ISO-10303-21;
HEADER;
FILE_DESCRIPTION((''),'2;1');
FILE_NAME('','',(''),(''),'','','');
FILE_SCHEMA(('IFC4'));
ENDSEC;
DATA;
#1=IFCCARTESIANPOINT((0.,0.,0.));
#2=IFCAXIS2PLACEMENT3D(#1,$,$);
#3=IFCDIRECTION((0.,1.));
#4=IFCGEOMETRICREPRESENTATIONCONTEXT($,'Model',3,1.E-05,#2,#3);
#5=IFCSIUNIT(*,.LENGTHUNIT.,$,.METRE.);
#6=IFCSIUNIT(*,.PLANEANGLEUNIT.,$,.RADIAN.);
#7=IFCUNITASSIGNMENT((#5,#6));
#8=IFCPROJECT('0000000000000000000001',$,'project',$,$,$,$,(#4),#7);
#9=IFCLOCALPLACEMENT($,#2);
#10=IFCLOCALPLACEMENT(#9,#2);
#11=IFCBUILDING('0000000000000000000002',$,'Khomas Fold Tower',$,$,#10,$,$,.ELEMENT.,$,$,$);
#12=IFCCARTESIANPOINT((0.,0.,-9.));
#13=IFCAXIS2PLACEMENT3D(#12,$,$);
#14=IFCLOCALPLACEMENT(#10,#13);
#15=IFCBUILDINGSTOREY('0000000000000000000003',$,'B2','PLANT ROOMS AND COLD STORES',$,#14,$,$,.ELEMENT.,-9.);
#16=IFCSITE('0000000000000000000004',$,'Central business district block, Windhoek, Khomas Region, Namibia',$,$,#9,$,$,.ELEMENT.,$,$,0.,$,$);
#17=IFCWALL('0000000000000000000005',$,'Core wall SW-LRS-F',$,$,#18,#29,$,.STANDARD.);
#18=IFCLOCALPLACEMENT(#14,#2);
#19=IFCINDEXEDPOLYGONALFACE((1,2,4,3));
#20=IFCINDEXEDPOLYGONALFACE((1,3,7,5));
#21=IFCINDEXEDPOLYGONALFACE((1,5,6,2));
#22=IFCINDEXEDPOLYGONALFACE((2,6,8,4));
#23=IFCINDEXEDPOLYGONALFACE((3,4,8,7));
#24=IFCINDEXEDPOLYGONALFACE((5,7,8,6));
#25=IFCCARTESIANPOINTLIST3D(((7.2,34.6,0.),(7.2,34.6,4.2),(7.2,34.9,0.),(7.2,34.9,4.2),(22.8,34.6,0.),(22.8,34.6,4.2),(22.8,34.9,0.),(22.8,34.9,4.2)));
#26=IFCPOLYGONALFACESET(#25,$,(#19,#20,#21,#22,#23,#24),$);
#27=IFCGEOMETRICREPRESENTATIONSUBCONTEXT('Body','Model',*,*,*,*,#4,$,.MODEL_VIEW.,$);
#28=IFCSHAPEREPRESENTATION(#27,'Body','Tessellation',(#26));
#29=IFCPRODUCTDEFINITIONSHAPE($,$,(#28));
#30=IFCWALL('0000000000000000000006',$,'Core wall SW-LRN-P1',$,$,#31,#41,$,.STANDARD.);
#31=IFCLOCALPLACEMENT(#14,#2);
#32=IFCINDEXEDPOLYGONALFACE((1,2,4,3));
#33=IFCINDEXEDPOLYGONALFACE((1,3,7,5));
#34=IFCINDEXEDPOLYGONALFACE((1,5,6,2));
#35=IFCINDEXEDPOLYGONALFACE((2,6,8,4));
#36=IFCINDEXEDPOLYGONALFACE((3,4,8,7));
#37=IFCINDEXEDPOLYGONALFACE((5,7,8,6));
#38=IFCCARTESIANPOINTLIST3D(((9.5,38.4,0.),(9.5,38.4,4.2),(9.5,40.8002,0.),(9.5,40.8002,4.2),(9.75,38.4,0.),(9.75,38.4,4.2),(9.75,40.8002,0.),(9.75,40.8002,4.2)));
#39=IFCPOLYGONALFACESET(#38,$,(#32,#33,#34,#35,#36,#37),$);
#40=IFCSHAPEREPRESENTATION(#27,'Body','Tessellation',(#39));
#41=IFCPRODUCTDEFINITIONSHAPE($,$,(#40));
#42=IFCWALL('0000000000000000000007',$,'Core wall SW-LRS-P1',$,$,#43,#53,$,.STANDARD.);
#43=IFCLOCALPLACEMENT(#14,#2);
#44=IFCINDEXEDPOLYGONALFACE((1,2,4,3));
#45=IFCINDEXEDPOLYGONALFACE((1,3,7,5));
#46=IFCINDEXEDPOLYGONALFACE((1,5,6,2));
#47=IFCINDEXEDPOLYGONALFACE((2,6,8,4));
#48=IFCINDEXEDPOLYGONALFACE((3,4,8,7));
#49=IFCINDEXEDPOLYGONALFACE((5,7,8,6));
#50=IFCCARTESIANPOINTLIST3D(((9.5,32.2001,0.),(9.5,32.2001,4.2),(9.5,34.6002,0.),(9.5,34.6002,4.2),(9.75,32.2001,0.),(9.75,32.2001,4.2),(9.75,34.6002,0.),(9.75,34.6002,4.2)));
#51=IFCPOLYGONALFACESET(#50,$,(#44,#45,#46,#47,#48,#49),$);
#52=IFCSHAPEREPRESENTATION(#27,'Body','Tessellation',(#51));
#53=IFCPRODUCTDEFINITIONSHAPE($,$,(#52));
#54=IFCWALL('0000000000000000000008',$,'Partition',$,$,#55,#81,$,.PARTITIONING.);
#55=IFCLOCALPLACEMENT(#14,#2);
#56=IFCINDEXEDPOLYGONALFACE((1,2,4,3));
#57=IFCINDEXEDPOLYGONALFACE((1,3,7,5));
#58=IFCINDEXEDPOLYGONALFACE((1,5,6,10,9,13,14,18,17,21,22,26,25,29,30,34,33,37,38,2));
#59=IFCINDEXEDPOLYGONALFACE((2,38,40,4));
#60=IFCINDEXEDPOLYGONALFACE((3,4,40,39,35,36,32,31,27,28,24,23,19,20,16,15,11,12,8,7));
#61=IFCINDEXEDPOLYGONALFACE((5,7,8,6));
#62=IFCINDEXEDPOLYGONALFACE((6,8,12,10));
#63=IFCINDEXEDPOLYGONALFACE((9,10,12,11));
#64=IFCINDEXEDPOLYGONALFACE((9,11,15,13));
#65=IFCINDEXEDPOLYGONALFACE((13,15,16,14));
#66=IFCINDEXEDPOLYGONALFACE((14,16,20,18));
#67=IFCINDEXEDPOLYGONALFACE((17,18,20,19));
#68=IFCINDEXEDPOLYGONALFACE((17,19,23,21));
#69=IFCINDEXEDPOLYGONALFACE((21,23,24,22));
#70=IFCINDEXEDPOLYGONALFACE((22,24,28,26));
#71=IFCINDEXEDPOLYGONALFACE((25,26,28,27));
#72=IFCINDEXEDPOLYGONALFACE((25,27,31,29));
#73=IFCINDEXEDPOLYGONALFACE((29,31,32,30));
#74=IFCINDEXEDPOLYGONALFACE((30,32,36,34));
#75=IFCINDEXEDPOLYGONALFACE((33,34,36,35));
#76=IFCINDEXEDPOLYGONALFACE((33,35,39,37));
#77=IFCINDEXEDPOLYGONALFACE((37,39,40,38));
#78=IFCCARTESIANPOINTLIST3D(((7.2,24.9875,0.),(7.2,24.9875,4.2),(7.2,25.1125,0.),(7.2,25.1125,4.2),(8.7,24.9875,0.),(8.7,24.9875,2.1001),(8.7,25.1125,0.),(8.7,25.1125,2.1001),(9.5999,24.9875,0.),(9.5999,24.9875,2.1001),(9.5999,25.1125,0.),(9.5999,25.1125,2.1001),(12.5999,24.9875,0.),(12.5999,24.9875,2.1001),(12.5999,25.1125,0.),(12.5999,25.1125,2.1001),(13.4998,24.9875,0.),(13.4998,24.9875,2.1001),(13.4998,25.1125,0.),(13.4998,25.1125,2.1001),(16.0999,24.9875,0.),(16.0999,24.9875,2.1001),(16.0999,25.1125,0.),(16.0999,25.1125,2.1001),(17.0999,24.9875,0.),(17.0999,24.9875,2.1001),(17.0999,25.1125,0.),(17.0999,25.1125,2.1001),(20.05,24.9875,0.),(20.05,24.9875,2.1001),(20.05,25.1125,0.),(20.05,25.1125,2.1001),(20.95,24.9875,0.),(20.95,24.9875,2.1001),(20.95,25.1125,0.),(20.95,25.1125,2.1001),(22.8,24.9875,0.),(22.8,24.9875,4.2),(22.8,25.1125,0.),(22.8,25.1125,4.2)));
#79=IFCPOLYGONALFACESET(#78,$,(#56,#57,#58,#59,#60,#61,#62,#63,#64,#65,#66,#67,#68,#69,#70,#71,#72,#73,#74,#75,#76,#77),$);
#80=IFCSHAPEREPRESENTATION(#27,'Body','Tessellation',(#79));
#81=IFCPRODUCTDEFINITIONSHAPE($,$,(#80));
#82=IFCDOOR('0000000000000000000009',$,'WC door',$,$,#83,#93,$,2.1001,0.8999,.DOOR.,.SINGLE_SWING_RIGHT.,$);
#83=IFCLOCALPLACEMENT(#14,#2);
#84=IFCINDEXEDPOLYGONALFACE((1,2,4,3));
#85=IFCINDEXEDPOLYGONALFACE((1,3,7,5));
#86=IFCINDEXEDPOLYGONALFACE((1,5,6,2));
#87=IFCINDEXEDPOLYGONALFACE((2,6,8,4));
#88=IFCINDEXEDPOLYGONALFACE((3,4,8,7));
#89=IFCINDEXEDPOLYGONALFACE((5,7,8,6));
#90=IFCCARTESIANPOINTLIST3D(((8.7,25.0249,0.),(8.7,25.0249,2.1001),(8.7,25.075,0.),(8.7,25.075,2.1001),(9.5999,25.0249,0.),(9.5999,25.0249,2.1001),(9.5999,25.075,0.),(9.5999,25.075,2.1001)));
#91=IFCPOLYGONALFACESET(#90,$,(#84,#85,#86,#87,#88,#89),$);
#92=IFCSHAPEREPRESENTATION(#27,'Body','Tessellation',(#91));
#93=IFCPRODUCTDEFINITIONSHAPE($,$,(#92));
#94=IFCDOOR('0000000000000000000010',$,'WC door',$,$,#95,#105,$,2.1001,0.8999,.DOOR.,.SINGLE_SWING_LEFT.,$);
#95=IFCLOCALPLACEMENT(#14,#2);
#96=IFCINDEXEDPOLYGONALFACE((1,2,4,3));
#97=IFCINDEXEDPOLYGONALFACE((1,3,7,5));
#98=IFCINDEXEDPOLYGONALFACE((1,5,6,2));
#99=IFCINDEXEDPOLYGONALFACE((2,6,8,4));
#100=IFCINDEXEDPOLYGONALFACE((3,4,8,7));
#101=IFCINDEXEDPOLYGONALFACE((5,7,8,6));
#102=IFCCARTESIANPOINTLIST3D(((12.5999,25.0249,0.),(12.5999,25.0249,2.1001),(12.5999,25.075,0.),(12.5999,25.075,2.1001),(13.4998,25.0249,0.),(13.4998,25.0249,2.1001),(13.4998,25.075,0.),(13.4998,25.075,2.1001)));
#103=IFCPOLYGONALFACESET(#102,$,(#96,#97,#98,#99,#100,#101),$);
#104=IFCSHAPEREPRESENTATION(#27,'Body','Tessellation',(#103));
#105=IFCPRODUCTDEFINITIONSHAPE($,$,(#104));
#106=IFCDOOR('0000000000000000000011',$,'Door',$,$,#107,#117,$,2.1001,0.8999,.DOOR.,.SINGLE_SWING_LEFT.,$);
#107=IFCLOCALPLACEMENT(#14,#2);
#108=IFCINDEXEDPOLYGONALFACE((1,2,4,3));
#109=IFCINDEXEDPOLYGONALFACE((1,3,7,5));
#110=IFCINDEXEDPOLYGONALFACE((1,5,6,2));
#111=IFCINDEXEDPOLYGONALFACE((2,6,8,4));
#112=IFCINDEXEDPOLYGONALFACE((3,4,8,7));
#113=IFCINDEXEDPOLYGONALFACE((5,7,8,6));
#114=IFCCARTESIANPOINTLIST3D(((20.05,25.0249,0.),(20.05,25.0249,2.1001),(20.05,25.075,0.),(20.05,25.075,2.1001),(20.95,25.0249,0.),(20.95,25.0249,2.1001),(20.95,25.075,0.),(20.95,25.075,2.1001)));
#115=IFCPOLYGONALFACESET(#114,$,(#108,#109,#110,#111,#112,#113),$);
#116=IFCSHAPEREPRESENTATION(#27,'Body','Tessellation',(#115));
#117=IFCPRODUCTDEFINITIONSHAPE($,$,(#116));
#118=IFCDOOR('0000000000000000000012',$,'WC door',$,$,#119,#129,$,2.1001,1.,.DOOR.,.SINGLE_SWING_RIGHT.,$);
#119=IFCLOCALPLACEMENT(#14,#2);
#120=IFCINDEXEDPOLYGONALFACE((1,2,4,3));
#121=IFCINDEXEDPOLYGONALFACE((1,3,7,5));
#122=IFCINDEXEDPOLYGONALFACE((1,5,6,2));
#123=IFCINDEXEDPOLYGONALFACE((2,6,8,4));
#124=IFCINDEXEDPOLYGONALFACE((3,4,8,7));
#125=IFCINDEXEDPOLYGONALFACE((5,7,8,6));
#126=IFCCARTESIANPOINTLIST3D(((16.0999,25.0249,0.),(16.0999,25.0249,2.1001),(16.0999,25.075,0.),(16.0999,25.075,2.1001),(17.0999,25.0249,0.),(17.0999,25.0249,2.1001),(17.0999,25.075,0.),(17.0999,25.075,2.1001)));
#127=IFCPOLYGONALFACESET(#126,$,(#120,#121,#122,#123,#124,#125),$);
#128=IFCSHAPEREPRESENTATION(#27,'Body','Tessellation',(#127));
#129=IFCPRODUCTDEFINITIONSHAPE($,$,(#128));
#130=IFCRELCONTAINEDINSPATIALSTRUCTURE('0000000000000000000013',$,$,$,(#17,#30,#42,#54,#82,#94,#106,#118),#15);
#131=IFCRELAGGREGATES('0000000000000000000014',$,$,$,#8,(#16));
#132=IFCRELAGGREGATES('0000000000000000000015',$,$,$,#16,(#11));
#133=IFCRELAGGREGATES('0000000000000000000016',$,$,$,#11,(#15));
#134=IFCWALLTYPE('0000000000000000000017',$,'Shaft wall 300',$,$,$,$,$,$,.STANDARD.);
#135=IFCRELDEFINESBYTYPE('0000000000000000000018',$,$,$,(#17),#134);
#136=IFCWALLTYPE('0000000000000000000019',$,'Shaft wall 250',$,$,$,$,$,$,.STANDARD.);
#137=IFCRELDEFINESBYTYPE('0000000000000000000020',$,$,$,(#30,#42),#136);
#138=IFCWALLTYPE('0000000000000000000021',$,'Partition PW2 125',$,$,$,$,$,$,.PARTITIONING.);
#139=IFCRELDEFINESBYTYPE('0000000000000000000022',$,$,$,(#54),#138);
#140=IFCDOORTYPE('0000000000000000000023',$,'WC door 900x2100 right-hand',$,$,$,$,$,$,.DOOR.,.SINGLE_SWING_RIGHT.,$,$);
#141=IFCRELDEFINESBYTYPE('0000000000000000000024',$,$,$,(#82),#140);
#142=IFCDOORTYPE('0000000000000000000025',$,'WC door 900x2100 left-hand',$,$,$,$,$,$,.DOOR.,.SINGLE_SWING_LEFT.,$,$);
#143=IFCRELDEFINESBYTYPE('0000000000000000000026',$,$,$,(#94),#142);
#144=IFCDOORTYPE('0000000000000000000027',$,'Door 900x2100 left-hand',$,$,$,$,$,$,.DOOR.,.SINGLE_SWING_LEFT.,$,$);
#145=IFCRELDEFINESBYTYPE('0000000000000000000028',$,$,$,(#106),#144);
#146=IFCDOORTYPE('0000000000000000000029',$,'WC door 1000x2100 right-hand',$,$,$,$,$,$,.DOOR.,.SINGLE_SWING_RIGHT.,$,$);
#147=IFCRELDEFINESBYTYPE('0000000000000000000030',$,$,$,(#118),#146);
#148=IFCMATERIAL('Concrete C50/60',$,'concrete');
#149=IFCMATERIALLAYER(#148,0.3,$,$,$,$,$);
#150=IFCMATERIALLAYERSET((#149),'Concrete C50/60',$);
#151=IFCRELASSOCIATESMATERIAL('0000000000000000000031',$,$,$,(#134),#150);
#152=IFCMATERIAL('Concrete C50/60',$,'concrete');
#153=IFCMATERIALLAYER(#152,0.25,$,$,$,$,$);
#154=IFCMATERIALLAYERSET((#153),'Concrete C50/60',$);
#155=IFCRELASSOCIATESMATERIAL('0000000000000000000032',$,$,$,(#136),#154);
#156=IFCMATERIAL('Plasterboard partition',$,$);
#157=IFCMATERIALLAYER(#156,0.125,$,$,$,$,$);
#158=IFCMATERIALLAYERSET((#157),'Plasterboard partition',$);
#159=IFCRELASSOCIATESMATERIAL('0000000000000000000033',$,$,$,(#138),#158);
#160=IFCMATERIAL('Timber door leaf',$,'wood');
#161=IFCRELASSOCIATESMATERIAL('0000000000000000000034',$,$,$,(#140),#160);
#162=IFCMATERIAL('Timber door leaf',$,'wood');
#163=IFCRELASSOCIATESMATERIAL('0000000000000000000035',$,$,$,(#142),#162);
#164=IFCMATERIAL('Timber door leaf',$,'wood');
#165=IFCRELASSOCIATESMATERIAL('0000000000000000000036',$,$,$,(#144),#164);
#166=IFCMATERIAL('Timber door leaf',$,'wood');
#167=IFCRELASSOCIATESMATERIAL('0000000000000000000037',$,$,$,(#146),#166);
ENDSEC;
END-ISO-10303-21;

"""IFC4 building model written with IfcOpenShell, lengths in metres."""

from ifc_helpers import new_model, si_unit, direction, frame, frame_2d, origin, place, context, subcontext, project, spatial, rectangle, extrude, source, transform, mapped, material, layer, layer_set, type_object, element, fill, save


model = new_model("IFC4")

# Units and contexts
model_context = context("Model", 3, precision=1e-05, world=origin(), true_north=direction((0.0, 1.0)))
body_context = subcontext(model_context, "Body", "Model", "MODEL_VIEW")
ifc_project = project(units=[si_unit("LENGTHUNIT", "METRE"), si_unit("PLANEANGLEUNIT", "RADIAN")], contexts=[model_context])

# Site, building, storey
site_placement = place(None, origin())
site = spatial("IfcSite", under=ifc_project, at=site_placement, Name="Central business district block, Windhoek, Khomas Region, Namibia", CompositionType="ELEMENT", RefElevation=0.0)
building_placement = place(site_placement, origin())
building = spatial("IfcBuilding", under=site, at=building_placement, Name="Khomas Fold Tower", CompositionType="ELEMENT")
storey_placement = place(building_placement, frame((0.0, 0.0, -9.0)))
storey = spatial("IfcBuildingStorey", under=building, at=storey_placement, Name="B2", Description="PLANT ROOMS AND COLD STORES", CompositionType="ELEMENT", Elevation=-9.0)

# Walls
ifc_material_1 = material(Name="Concrete C50/60", Category="concrete")
ifc_layer_1 = layer(ifc_material_1, 0.3)
ifc_layer_set_1 = layer_set([ifc_layer_1], Name="Concrete C50/60")
wall_type_1 = type_object("IfcWallType", Name="Shaft wall 300", PredefinedType="STANDARD", material=ifc_layer_set_1)
shared_shape_1 = source(origin(), body_context, "Body", "SweptSolid", [
    extrude(rectangle(XDim=15.6001, YDim=0.3, at=frame_2d((7.8, 0.0))), origin(), (0.0, 0.0, 1.0), 4.2),
])
for number, where, z_axis, x_axis, name in (
    (1, (7.2, 34.75, 0.0), (0.0, 0.0, 1.0), (1.0, 0.0, 0.0), "Core wall SW-LRS-F"),
):
    element("IfcWall", number, at=place(storey_placement, frame(where, z_axis=z_axis, x_axis=x_axis)), inside=storey, type_object=wall_type_1, Name=name, PredefinedType="STANDARD", context=body_context, shape_type="MappedRepresentation", body=[
        mapped(shared_shape_1, transform((0.0, 0.0, 0.0))),
    ])
ifc_material_2 = material(Name="Concrete C50/60", Category="concrete")
ifc_layer_2 = layer(ifc_material_2, 0.25)
ifc_layer_set_2 = layer_set([ifc_layer_2], Name="Concrete C50/60")
wall_type_2 = type_object("IfcWallType", Name="Shaft wall 250", PredefinedType="STANDARD", material=ifc_layer_set_2)
shared_shape_2 = source(origin(), body_context, "Body", "SweptSolid", [
    extrude(rectangle(XDim=2.4001, YDim=0.25, at=frame_2d((1.2002, 0.0))), origin(), (0.0, 0.0, 1.0), 4.2),
])
for number, where, z_axis, x_axis, name in (
    (2, (9.625, 38.3999, 0.0), (0.0, 0.0, 1.0), (0.0, 1.0, 0.0), "Core wall SW-LRN-P1"),
    (3, (9.625, 32.2, 0.0), (0.0, 0.0, 1.0), (0.0, 1.0, 0.0), "Core wall SW-LRS-P1"),
):
    element("IfcWall", number, at=place(storey_placement, frame(where, z_axis=z_axis, x_axis=x_axis)), inside=storey, type_object=wall_type_2, Name=name, PredefinedType="STANDARD", context=body_context, shape_type="MappedRepresentation", body=[
        mapped(shared_shape_2, transform((0.0, 0.0, 0.0))),
    ])

# Wall, openings, doors
ifc_material_3 = material(Name="Plasterboard partition")
ifc_layer_3 = layer(ifc_material_3, 0.125)
ifc_layer_set_3 = layer_set([ifc_layer_3], Name="Plasterboard partition")
wall_type_3 = type_object("IfcWallType", Name="Partition PW2 125", PredefinedType="PARTITIONING", material=ifc_layer_set_3)
shared_shape_3 = source(origin(), body_context, "Body", "SweptSolid", [
    extrude(rectangle(XDim=15.6001, YDim=0.125, at=frame_2d((7.8, 0.0))), origin(), (0.0, 0.0, 1.0), 4.2),
])
wall_1_placement = place(storey_placement, frame((7.2, 25.05, 0.0), z_axis=(0.0, 0.0, 1.0), x_axis=(1.0, 0.0, 0.0)))
wall_1 = element("IfcWall", 4, at=wall_1_placement, inside=storey, type_object=wall_type_3, Name="Partition", PredefinedType="PARTITIONING", context=body_context, shape_type="MappedRepresentation", body=[
    mapped(shared_shape_3, transform((0.0, 0.0, 0.0))),
])
shared_shape_4 = source(origin(), body_context, "Body", "SweptSolid", [
    extrude(rectangle(XDim=0.8999, YDim=2.1001, at=frame_2d((0.45, 1.05))), frame((0.0, 0.0725, 0.0), z_axis=(0.0, -1.0, 0.0), x_axis=(1.0, 0.0, 0.0)), (0.0, 0.0, 1.0), 0.145),
])
opening_1_placement = place(wall_1_placement, frame((1.5, 0.0, 0.0)))
opening_1 = element("IfcOpeningElement", 5, at=opening_1_placement, cuts=wall_1, PredefinedType="OPENING", context=body_context, shape_type="MappedRepresentation", body=[
    mapped(shared_shape_4, transform((0.0, 0.0, 0.0))),
])
opening_2_placement = place(wall_1_placement, frame((5.3999, 0.0, 0.0)))
opening_2 = element("IfcOpeningElement", 6, at=opening_2_placement, cuts=wall_1, PredefinedType="OPENING", context=body_context, shape_type="MappedRepresentation", body=[
    mapped(shared_shape_4, transform((0.0, 0.0, 0.0))),
])
shared_shape_5 = source(origin(), body_context, "Body", "SweptSolid", [
    extrude(rectangle(XDim=1.0, YDim=2.1001, at=frame_2d((0.5, 1.05))), frame((0.0, 0.0725, 0.0), z_axis=(0.0, -1.0, 0.0), x_axis=(1.0, 0.0, 0.0)), (0.0, 0.0, 1.0), 0.145),
])
opening_3_placement = place(wall_1_placement, frame((8.8999, 0.0, 0.0)))
opening_3 = element("IfcOpeningElement", 7, at=opening_3_placement, cuts=wall_1, PredefinedType="OPENING", context=body_context, shape_type="MappedRepresentation", body=[
    mapped(shared_shape_5, transform((0.0, 0.0, 0.0))),
])
opening_4_placement = place(wall_1_placement, frame((12.8501, 0.0, 0.0)))
opening_4 = element("IfcOpeningElement", 8, at=opening_4_placement, cuts=wall_1, PredefinedType="OPENING", context=body_context, shape_type="MappedRepresentation", body=[
    mapped(shared_shape_4, transform((0.0, 0.0, 0.0))),
])
ifc_material_4 = material(Name="Timber door leaf", Category="wood")
door_type_1 = type_object("IfcDoorType", Name="WC door 900x2100 right-hand", OperationType="SINGLE_SWING_RIGHT", PredefinedType="DOOR", material=ifc_material_4)
shared_shape_6 = source(origin(), body_context, "Body", "SweptSolid", [
    extrude(rectangle(XDim=0.8999, YDim=2.1001, at=frame_2d((0.45, 1.05))), frame((0.0, 0.0249, 0.0), z_axis=(0.0, -1.0, 0.0), x_axis=(1.0, 0.0, 0.0)), (0.0, 0.0, 1.0), 0.05),
])
door_1_placement = place(opening_1_placement, origin())
door_1 = element("IfcDoor", 9, at=door_1_placement, inside=storey, type_object=door_type_1, Name="WC door", OperationType="SINGLE_SWING_RIGHT", OverallHeight=2.1001, OverallWidth=0.8999, PredefinedType="DOOR", context=body_context, shape_type="MappedRepresentation", body=[
    mapped(shared_shape_6, transform((0.0, 0.0, 0.0))),
])
fill(opening_1, door_1)
ifc_material_5 = material(Name="Timber door leaf", Category="wood")
door_type_2 = type_object("IfcDoorType", Name="WC door 900x2100 left-hand", OperationType="SINGLE_SWING_LEFT", PredefinedType="DOOR", material=ifc_material_5)
door_2_placement = place(opening_2_placement, origin())
door_2 = element("IfcDoor", 10, at=door_2_placement, inside=storey, type_object=door_type_2, Name="WC door", OperationType="SINGLE_SWING_LEFT", OverallHeight=2.1001, OverallWidth=0.8999, PredefinedType="DOOR", context=body_context, shape_type="MappedRepresentation", body=[
    mapped(shared_shape_6, transform((0.0, 0.0, 0.0))),
])
fill(opening_2, door_2)
ifc_material_6 = material(Name="Timber door leaf", Category="wood")
door_type_3 = type_object("IfcDoorType", Name="Door 900x2100 left-hand", OperationType="SINGLE_SWING_LEFT", PredefinedType="DOOR", material=ifc_material_6)
door_3_placement = place(opening_4_placement, origin())
door_3 = element("IfcDoor", 11, at=door_3_placement, inside=storey, type_object=door_type_3, Name="Door", OperationType="SINGLE_SWING_LEFT", OverallHeight=2.1001, OverallWidth=0.8999, PredefinedType="DOOR", context=body_context, shape_type="MappedRepresentation", body=[
    mapped(shared_shape_6, transform((0.0, 0.0, 0.0))),
])
fill(opening_4, door_3)
ifc_material_7 = material(Name="Timber door leaf", Category="wood")
door_type_4 = type_object("IfcDoorType", Name="WC door 1000x2100 right-hand", OperationType="SINGLE_SWING_RIGHT", PredefinedType="DOOR", material=ifc_material_7)
shared_shape_7 = source(origin(), body_context, "Body", "SweptSolid", [
    extrude(rectangle(XDim=1.0, YDim=2.1001, at=frame_2d((0.5, 1.05))), frame((0.0, 0.0249, 0.0), z_axis=(0.0, -1.0, 0.0), x_axis=(1.0, 0.0, 0.0)), (0.0, 0.0, 1.0), 0.05),
])
door_4_placement = place(opening_3_placement, origin())
door_4 = element("IfcDoor", 12, at=door_4_placement, inside=storey, type_object=door_type_4, Name="WC door", OperationType="SINGLE_SWING_RIGHT", OverallHeight=2.1001, OverallWidth=1.0, PredefinedType="DOOR", context=body_context, shape_type="MappedRepresentation", body=[
    mapped(shared_shape_7, transform((0.0, 0.0, 0.0))),
])
fill(opening_3, door_4)

save(model, "model.ifc")
